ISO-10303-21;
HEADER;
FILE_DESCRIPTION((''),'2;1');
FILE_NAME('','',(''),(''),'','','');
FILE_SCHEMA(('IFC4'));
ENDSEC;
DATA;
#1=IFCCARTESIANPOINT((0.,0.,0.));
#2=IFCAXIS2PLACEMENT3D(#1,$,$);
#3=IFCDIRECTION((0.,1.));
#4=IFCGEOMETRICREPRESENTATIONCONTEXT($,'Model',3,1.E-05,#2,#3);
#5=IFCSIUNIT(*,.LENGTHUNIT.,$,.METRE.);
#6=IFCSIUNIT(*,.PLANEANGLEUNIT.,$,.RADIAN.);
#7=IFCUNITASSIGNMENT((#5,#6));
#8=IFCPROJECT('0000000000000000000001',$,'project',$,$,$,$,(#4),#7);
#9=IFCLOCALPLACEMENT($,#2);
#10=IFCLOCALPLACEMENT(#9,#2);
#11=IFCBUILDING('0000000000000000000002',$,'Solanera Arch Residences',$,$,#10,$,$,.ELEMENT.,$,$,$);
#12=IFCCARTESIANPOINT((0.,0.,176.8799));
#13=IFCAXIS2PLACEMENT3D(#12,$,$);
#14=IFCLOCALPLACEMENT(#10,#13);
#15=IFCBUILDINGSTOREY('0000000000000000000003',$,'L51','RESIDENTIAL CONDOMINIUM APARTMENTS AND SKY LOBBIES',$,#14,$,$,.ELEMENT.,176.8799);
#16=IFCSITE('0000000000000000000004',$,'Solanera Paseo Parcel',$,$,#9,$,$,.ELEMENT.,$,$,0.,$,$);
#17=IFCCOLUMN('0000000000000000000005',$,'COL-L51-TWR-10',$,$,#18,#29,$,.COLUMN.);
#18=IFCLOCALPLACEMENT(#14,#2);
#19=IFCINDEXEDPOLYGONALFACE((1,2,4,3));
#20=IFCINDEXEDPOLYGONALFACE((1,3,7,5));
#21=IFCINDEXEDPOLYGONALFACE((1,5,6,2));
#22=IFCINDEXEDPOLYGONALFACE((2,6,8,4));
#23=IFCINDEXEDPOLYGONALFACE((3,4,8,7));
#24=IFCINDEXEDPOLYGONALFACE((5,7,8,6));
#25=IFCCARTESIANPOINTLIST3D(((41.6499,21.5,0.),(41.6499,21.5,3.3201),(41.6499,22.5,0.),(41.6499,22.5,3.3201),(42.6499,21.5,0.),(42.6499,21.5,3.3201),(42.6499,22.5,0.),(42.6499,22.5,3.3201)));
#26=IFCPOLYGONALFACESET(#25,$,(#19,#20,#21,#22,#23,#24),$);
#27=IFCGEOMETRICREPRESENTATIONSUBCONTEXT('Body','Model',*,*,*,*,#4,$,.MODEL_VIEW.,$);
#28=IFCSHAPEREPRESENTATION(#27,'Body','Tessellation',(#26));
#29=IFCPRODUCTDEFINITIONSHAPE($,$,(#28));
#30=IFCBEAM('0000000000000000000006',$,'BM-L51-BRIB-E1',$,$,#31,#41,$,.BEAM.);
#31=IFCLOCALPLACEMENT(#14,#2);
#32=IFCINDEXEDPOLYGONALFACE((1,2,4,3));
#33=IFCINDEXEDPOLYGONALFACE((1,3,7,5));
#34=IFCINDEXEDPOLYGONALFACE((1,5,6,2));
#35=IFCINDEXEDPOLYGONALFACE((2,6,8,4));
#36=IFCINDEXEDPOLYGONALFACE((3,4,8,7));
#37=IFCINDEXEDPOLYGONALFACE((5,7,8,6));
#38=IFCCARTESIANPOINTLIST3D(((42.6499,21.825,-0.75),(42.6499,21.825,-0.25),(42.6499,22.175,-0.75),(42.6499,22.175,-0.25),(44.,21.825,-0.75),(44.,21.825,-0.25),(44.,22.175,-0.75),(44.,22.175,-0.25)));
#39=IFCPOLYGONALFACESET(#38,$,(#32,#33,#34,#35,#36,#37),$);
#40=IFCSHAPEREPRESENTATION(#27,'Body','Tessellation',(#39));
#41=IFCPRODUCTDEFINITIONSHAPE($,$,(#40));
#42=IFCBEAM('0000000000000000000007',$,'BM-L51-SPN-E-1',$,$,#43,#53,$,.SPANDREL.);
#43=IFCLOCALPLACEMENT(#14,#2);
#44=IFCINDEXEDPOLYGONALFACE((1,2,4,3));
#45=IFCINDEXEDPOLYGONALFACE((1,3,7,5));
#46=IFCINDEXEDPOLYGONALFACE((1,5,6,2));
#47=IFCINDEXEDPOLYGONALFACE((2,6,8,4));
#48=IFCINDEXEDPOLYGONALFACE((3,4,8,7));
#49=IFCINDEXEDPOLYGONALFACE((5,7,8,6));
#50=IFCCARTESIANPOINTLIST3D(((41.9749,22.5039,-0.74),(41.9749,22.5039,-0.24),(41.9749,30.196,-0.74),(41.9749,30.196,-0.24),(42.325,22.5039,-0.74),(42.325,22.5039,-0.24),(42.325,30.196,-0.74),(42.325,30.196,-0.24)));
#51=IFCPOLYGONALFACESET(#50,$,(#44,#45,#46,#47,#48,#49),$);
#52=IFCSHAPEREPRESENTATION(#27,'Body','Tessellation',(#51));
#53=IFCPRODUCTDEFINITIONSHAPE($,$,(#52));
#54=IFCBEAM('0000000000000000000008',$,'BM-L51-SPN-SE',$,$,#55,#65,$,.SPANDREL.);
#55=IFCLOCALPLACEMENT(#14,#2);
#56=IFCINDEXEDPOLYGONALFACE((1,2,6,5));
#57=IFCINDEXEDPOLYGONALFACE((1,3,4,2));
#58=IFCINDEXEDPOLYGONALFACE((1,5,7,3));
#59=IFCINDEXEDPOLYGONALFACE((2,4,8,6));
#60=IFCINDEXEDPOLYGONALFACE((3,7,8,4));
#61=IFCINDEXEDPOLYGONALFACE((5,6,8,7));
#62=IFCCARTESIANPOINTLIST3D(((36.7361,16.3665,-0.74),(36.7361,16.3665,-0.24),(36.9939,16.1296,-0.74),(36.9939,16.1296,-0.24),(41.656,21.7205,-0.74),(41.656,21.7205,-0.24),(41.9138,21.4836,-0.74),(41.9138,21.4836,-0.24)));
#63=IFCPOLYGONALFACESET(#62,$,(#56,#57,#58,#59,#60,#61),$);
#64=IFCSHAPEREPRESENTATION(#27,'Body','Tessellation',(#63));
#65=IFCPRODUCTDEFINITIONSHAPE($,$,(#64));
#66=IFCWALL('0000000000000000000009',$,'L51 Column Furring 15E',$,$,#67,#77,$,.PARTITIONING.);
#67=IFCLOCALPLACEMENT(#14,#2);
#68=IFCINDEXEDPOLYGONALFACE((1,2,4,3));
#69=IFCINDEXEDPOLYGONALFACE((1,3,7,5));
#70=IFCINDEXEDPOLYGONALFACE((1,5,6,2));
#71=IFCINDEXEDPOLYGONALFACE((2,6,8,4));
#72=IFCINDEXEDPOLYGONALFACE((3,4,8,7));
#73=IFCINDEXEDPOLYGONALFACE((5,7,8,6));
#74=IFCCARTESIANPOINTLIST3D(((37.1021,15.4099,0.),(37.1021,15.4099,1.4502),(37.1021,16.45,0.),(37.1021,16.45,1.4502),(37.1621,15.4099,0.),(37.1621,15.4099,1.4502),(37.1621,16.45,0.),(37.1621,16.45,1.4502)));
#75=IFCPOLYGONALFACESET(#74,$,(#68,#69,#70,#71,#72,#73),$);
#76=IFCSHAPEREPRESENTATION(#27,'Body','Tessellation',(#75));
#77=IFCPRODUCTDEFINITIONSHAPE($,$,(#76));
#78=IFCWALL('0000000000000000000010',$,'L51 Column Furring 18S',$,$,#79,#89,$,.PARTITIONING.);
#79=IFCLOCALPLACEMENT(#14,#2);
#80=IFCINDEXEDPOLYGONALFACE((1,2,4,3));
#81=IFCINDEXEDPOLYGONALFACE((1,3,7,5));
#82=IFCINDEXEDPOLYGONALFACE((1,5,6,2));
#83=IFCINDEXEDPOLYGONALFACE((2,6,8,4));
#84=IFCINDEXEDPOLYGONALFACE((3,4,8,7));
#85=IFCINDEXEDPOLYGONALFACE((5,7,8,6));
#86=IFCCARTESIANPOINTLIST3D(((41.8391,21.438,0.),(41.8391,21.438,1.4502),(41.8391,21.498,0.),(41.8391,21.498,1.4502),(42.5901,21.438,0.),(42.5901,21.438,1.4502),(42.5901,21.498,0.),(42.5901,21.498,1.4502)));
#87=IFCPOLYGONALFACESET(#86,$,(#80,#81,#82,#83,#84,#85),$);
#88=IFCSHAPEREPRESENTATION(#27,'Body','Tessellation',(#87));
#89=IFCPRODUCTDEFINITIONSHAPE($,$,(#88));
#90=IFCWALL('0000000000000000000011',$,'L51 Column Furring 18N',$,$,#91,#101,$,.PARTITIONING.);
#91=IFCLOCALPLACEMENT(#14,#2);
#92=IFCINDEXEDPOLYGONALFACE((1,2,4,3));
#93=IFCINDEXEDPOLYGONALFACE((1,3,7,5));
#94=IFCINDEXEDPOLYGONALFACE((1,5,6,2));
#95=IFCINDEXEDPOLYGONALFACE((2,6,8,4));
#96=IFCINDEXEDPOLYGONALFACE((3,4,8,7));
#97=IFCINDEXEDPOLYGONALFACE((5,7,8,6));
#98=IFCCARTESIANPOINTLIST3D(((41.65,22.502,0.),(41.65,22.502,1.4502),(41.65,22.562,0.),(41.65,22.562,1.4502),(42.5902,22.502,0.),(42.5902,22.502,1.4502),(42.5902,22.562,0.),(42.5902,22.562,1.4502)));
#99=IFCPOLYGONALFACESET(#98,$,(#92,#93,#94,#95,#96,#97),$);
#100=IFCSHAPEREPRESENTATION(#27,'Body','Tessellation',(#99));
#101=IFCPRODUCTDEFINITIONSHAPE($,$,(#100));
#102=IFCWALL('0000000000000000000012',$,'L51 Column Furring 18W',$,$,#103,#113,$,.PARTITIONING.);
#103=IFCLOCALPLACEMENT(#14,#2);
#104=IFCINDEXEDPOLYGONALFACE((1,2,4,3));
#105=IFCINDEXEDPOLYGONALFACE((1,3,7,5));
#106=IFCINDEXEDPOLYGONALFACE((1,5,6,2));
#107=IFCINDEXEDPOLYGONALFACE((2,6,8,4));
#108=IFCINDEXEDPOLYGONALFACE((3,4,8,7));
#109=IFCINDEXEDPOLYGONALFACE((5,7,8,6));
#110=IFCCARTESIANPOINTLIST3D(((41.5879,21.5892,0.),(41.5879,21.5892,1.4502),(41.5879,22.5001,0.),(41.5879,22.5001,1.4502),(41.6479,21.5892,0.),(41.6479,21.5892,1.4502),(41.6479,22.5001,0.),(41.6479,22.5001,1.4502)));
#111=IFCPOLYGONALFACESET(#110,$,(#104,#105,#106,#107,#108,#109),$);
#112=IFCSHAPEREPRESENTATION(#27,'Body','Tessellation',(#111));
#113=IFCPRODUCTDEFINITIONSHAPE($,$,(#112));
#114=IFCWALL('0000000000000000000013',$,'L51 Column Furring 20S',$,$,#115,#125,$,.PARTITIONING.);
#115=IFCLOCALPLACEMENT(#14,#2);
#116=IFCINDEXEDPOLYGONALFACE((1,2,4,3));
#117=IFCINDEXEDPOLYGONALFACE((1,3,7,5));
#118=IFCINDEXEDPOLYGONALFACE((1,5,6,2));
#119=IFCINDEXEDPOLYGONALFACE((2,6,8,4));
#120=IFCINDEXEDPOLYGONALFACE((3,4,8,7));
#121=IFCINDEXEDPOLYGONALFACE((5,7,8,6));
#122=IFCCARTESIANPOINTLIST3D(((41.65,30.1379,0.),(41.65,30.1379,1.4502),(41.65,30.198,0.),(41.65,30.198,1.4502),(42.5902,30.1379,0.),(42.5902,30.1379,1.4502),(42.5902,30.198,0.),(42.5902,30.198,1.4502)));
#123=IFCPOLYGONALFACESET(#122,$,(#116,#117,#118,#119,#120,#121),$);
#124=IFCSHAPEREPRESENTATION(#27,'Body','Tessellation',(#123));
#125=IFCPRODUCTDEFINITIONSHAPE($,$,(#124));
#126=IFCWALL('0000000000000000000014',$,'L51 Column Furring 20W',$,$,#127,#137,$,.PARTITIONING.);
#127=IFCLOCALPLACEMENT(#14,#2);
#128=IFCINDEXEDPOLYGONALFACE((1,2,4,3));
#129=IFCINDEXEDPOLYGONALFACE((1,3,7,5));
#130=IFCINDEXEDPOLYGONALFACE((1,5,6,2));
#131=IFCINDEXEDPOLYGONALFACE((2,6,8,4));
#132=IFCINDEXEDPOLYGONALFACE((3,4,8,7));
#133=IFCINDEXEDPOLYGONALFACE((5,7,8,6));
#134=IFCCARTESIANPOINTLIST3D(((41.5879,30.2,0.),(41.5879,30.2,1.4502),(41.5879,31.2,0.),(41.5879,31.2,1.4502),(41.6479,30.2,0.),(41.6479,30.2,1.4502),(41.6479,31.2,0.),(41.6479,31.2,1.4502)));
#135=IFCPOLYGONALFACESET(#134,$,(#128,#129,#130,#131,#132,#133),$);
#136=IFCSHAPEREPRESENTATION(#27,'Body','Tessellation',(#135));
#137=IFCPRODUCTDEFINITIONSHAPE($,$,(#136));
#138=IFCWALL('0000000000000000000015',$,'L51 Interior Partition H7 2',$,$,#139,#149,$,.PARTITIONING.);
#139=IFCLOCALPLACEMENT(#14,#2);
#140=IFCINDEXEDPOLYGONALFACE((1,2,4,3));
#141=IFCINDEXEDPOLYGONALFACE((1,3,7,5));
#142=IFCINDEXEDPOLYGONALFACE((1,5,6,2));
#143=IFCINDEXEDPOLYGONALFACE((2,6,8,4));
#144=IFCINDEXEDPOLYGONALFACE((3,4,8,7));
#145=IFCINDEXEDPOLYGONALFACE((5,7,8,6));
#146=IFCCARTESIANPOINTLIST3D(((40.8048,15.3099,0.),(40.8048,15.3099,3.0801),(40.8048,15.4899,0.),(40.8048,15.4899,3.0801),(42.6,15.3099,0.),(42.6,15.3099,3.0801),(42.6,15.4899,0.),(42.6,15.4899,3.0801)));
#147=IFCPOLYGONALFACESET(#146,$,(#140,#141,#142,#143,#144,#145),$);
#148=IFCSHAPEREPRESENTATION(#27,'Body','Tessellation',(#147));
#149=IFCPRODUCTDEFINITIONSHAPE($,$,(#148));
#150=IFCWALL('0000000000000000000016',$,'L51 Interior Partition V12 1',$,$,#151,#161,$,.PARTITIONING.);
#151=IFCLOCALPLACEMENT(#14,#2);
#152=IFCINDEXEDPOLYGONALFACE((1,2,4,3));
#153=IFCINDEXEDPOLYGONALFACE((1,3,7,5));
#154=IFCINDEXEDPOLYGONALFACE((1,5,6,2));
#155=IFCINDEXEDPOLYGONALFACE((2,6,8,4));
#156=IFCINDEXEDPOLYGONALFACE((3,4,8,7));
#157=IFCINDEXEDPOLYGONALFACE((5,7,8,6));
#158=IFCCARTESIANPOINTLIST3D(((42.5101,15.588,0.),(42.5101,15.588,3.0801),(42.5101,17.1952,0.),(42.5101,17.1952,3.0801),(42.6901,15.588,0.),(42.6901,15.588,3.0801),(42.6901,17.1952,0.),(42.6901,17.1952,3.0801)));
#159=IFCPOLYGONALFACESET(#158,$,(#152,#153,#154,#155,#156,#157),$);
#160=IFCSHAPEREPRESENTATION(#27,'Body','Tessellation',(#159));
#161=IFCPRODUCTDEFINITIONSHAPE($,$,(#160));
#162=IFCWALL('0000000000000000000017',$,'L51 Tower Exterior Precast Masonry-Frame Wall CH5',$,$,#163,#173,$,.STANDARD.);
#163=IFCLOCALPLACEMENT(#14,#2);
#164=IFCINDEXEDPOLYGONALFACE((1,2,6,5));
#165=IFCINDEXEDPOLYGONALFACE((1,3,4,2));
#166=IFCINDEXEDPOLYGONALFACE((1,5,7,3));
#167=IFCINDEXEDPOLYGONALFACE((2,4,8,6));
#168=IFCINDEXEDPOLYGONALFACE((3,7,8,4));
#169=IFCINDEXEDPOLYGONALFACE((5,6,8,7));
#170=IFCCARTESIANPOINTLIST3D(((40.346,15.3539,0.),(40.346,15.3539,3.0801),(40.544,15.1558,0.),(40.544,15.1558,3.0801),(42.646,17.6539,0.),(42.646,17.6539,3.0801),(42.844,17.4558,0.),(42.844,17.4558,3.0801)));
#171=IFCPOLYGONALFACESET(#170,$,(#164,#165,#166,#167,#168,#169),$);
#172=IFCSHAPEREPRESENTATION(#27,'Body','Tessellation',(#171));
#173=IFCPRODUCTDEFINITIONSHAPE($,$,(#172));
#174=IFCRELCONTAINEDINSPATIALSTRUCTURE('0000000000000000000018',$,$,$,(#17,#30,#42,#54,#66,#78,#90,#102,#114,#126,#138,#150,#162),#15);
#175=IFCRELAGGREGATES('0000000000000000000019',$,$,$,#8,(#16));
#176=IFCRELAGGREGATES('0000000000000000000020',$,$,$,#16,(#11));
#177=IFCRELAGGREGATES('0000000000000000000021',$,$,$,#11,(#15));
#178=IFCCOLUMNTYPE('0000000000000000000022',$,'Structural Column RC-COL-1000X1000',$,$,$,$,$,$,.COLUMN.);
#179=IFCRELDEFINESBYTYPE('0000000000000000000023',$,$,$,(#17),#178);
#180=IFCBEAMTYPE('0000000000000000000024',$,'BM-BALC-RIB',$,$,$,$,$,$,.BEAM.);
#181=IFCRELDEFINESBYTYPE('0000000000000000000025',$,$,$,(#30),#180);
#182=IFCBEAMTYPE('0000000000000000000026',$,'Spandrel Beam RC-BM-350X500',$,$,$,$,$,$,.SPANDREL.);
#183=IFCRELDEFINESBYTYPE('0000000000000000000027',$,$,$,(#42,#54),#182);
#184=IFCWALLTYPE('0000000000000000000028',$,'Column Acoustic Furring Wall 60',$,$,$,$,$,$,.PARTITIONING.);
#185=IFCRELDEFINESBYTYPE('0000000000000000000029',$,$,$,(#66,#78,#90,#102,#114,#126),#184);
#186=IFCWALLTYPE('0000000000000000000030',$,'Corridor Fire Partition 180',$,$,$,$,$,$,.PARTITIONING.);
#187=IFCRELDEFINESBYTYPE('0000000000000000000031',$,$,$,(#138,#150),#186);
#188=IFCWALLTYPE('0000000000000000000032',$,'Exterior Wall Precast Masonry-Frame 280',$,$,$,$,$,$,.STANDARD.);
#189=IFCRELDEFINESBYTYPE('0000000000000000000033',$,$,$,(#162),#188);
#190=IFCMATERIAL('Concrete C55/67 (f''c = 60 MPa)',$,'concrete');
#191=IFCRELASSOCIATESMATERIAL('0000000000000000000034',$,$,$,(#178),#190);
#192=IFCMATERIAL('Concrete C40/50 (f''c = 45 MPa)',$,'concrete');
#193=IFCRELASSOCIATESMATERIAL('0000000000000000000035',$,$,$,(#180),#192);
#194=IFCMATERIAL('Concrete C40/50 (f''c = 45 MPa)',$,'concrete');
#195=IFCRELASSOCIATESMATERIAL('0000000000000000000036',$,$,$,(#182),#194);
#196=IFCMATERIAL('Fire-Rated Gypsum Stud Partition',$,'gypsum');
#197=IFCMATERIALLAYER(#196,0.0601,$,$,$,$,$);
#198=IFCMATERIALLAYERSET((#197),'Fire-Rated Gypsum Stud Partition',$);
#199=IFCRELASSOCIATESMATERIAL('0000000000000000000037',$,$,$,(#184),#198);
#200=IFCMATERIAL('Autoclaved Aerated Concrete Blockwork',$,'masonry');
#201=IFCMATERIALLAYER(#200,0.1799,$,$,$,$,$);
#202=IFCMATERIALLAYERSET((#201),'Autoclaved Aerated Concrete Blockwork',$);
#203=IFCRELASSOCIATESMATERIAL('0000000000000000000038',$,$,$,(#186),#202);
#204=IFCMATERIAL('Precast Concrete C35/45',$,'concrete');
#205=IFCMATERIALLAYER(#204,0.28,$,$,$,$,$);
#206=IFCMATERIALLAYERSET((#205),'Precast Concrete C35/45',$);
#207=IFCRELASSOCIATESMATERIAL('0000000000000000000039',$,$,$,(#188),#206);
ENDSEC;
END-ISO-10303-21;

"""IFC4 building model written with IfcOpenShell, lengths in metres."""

from ifc_helpers import new_model, si_unit, direction, frame, frame_2d, origin, origin_2d, place, context, subcontext, project, spatial, rectangle, extrude, material, layer, layer_set, material_profile, profile_set, type_object, element, save


model = new_model("IFC4")

# Units and contexts
model_context = context("Model", 3, precision=1e-05, world=origin(), true_north=direction((0.0, 1.0)))
body_context = subcontext(model_context, "Body", "Model", "MODEL_VIEW")
ifc_project = project(units=[si_unit("LENGTHUNIT", "METRE"), si_unit("PLANEANGLEUNIT", "RADIAN")], contexts=[model_context])

# Site, building, storey
site_placement = place(None, origin())
site = spatial("IfcSite", under=ifc_project, at=site_placement, Name="Solanera Paseo Parcel", CompositionType="ELEMENT", RefElevation=0.0)
building_placement = place(site_placement, origin())
building = spatial("IfcBuilding", under=site, at=building_placement, Name="Solanera Arch Residences", CompositionType="ELEMENT")
storey_placement = place(building_placement, frame((0.0, 0.0, 176.8799)))
storey = spatial("IfcBuildingStorey", under=building, at=storey_placement, Name="L51", Description="RESIDENTIAL CONDOMINIUM APARTMENTS AND SKY LOBBIES", CompositionType="ELEMENT", Elevation=176.8799)

# Column
ifc_material_1 = material(Name="Concrete C55/67 (f'c = 60 MPa)", Category="concrete")
ifc_material_profile_1 = material_profile(ifc_material_1, rectangle(XDim=1.0, YDim=1.0, at=origin_2d()))
ifc_profile_set_1 = profile_set([ifc_material_profile_1], Name="Concrete C55/67 (f'c = 60 MPa)")
column_type = type_object("IfcColumnType", Name="Structural Column RC-COL-1000X1000", PredefinedType="COLUMN", material=ifc_profile_set_1)
column_placement = place(storey_placement, frame((42.1499, 22.0, 0.0), z_axis=(0.0, 0.0, 1.0), x_axis=(1.0, 0.0, 0.0)))
element("IfcColumn", 1, at=column_placement, inside=storey, type_object=column_type, Name="COL-L51-TWR-10", PredefinedType="COLUMN", context=body_context, shape_type="SweptSolid", body=[
    extrude(rectangle(XDim=1.0, YDim=1.0, at=origin_2d()), origin(), (0.0, 0.0, 1.0), 3.3201),
])

# Beams
ifc_material_2 = material(Name="Concrete C40/50 (f'c = 45 MPa)", Category="concrete")
ifc_material_profile_2 = material_profile(ifc_material_2, rectangle(XDim=0.3501, YDim=0.5, at=origin_2d()))
ifc_profile_set_2 = profile_set([ifc_material_profile_2], Name="Concrete C40/50 (f'c = 45 MPa)")
beam_type_1 = type_object("IfcBeamType", Name="BM-BALC-RIB", PredefinedType="BEAM", material=ifc_profile_set_2)
beam_1_placement = place(storey_placement, frame((42.6499, 22.0, -0.5), z_axis=(1.0, 0.0, 0.0), x_axis=(0.0, 1.0, 0.0)))
element("IfcBeam", 2, at=beam_1_placement, inside=storey, type_object=beam_type_1, Name="BM-L51-BRIB-E1", PredefinedType="BEAM", context=body_context, shape_type="SweptSolid", body=[
    extrude(rectangle(XDim=0.3501, YDim=0.5, at=origin_2d()), origin(), (0.0, 0.0, 1.0), 1.3501),
])
ifc_material_3 = material(Name="Concrete C40/50 (f'c = 45 MPa)", Category="concrete")
ifc_material_profile_3 = material_profile(ifc_material_3, rectangle(XDim=0.3501, YDim=0.5, at=origin_2d()))
ifc_profile_set_3 = profile_set([ifc_material_profile_3], Name="Concrete C40/50 (f'c = 45 MPa)")
beam_type_2 = type_object("IfcBeamType", Name="Spandrel Beam RC-BM-350X500", PredefinedType="SPANDREL", material=ifc_profile_set_3)
beam_2_placement = place(storey_placement, frame((42.1499, 22.5039, -0.49), z_axis=(0.0, 1.0, 0.0), x_axis=(-1.0, 0.0, 0.0)))
element("IfcBeam", 3, at=beam_2_placement, inside=storey, type_object=beam_type_2, Name="BM-L51-SPN-E-1", PredefinedType="SPANDREL", context=body_context, shape_type="SweptSolid", body=[
    extrude(rectangle(XDim=0.3501, YDim=0.5, at=origin_2d()), origin(), (0.0, 0.0, 1.0), 7.6921),
])
beam_3_placement = place(storey_placement, frame((36.865, 16.248, -0.49), z_axis=(0.676627, 0.736326, 0.0), x_axis=(-0.736326, 0.676627, 0.0)))
element("IfcBeam", 4, at=beam_3_placement, inside=storey, type_object=beam_type_2, Name="BM-L51-SPN-SE", PredefinedType="SPANDREL", context=body_context, shape_type="SweptSolid", body=[
    extrude(rectangle(XDim=0.3501, YDim=0.5, at=origin_2d()), origin(), (0.0, 0.0, 1.0), 7.2712),
])

# Walls
ifc_material_4 = material(Name="Fire-Rated Gypsum Stud Partition", Category="gypsum")
ifc_layer_1 = layer(ifc_material_4, 0.0601)
ifc_layer_set_1 = layer_set([ifc_layer_1], Name="Fire-Rated Gypsum Stud Partition")
wall_type_1 = type_object("IfcWallType", Name="Column Acoustic Furring Wall 60", PredefinedType="PARTITIONING", material=ifc_layer_set_1)
wall_1_placement = place(storey_placement, frame((37.1321, 15.4099, 0.0), z_axis=(0.0, 0.0, 1.0), x_axis=(0.0, 1.0, 0.0)))
element("IfcWall", 5, at=wall_1_placement, inside=storey, type_object=wall_type_1, Name="L51 Column Furring 15E", PredefinedType="PARTITIONING", context=body_context, shape_type="SweptSolid", body=[
    extrude(rectangle(XDim=1.04, YDim=0.0601, at=frame_2d((0.52, 0.0))), origin(), (0.0, 0.0, 1.0), 1.4502),
])
wall_2_placement = place(storey_placement, frame((41.8391, 21.468, 0.0), z_axis=(0.0, 0.0, 1.0), x_axis=(1.0, 0.0, 0.0)))
element("IfcWall", 6, at=wall_2_placement, inside=storey, type_object=wall_type_1, Name="L51 Column Furring 18S", PredefinedType="PARTITIONING", context=body_context, shape_type="SweptSolid", body=[
    extrude(rectangle(XDim=0.751, YDim=0.0601, at=frame_2d((0.3755, 0.0))), origin(), (0.0, 0.0, 1.0), 1.4502),
])
wall_3_placement = place(storey_placement, frame((41.6499, 22.532, 0.0), z_axis=(0.0, 0.0, 1.0), x_axis=(1.0, 0.0, 0.0)))
element("IfcWall", 7, at=wall_3_placement, inside=storey, type_object=wall_type_1, Name="L51 Column Furring 18N", PredefinedType="PARTITIONING", context=body_context, shape_type="SweptSolid", body=[
    extrude(rectangle(XDim=0.9402, YDim=0.0601, at=frame_2d((0.4702, 0.0))), origin(), (0.0, 0.0, 1.0), 1.4502),
])
wall_4_placement = place(storey_placement, frame((41.6179, 21.5891, 0.0), z_axis=(0.0, 0.0, 1.0), x_axis=(0.0, 1.0, 0.0)))
element("IfcWall", 8, at=wall_4_placement, inside=storey, type_object=wall_type_1, Name="L51 Column Furring 18W", PredefinedType="PARTITIONING", context=body_context, shape_type="SweptSolid", body=[
    extrude(rectangle(XDim=0.9109, YDim=0.0601, at=frame_2d((0.4556, 0.0))), origin(), (0.0, 0.0, 1.0), 1.4502),
])
wall_5_placement = place(storey_placement, frame((41.6499, 30.168, 0.0), z_axis=(0.0, 0.0, 1.0), x_axis=(1.0, 0.0, 0.0)))
element("IfcWall", 9, at=wall_5_placement, inside=storey, type_object=wall_type_1, Name="L51 Column Furring 20S", PredefinedType="PARTITIONING", context=body_context, shape_type="SweptSolid", body=[
    extrude(rectangle(XDim=0.9402, YDim=0.0601, at=frame_2d((0.4702, 0.0))), origin(), (0.0, 0.0, 1.0), 1.4502),
])
wall_6_placement = place(storey_placement, frame((41.6179, 30.2, 0.0), z_axis=(0.0, 0.0, 1.0), x_axis=(0.0, 1.0, 0.0)))
element("IfcWall", 10, at=wall_6_placement, inside=storey, type_object=wall_type_1, Name="L51 Column Furring 20W", PredefinedType="PARTITIONING", context=body_context, shape_type="SweptSolid", body=[
    extrude(rectangle(XDim=1.0, YDim=0.0601, at=frame_2d((0.5, 0.0))), origin(), (0.0, 0.0, 1.0), 1.4502),
])
ifc_material_5 = material(Name="Autoclaved Aerated Concrete Blockwork", Category="masonry")
ifc_layer_2 = layer(ifc_material_5, 0.1799)
ifc_layer_set_2 = layer_set([ifc_layer_2], Name="Autoclaved Aerated Concrete Blockwork")
wall_type_2 = type_object("IfcWallType", Name="Corridor Fire Partition 180", PredefinedType="PARTITIONING", material=ifc_layer_set_2)
wall_7_placement = place(storey_placement, frame((40.8049, 15.3999, 0.0), z_axis=(0.0, 0.0, 1.0), x_axis=(1.0, 0.0, 0.0)))
element("IfcWall", 11, at=wall_7_placement, inside=storey, type_object=wall_type_2, Name="L51 Interior Partition H7 2", PredefinedType="PARTITIONING", context=body_context, shape_type="SweptSolid", body=[
    extrude(rectangle(XDim=1.7952, YDim=0.1799, at=frame_2d((0.8975, 0.0))), origin(), (0.0, 0.0, 1.0), 3.0801),
])
wall_8_placement = place(storey_placement, frame((42.6001, 15.5879, 0.0), z_axis=(0.0, 0.0, 1.0), x_axis=(0.0, 1.0, 0.0)))
element("IfcWall", 12, at=wall_8_placement, inside=storey, type_object=wall_type_2, Name="L51 Interior Partition V12 1", PredefinedType="PARTITIONING", context=body_context, shape_type="SweptSolid", body=[
    extrude(rectangle(XDim=1.6072, YDim=0.1799, at=frame_2d((0.8037, 0.0))), origin(), (0.0, 0.0, 1.0), 3.0801),
])
ifc_material_6 = material(Name="Precast Concrete C35/45", Category="concrete")
ifc_layer_3 = layer(ifc_material_6, 0.28)
ifc_layer_set_3 = layer_set([ifc_layer_3], Name="Precast Concrete C35/45")
wall_type_3 = type_object("IfcWallType", Name="Exterior Wall Precast Masonry-Frame 280", PredefinedType="STANDARD", material=ifc_layer_set_3)
wall_9_placement = place(storey_placement, frame((42.7451, 17.5549, 0.0), z_axis=(0.0, 0.0, 1.0), x_axis=(-0.707107, -0.707107, 0.0)))
element("IfcWall", 13, at=wall_9_placement, inside=storey, type_object=wall_type_3, Name="L51 Tower Exterior Precast Masonry-Frame Wall CH5", PredefinedType="STANDARD", context=body_context, shape_type="SweptSolid", body=[
    extrude(rectangle(XDim=3.2527, YDim=0.28, at=frame_2d((1.6265, 0.0))), origin(), (0.0, 0.0, 1.0), 3.0801),
])

save(model, "model.ifc")
